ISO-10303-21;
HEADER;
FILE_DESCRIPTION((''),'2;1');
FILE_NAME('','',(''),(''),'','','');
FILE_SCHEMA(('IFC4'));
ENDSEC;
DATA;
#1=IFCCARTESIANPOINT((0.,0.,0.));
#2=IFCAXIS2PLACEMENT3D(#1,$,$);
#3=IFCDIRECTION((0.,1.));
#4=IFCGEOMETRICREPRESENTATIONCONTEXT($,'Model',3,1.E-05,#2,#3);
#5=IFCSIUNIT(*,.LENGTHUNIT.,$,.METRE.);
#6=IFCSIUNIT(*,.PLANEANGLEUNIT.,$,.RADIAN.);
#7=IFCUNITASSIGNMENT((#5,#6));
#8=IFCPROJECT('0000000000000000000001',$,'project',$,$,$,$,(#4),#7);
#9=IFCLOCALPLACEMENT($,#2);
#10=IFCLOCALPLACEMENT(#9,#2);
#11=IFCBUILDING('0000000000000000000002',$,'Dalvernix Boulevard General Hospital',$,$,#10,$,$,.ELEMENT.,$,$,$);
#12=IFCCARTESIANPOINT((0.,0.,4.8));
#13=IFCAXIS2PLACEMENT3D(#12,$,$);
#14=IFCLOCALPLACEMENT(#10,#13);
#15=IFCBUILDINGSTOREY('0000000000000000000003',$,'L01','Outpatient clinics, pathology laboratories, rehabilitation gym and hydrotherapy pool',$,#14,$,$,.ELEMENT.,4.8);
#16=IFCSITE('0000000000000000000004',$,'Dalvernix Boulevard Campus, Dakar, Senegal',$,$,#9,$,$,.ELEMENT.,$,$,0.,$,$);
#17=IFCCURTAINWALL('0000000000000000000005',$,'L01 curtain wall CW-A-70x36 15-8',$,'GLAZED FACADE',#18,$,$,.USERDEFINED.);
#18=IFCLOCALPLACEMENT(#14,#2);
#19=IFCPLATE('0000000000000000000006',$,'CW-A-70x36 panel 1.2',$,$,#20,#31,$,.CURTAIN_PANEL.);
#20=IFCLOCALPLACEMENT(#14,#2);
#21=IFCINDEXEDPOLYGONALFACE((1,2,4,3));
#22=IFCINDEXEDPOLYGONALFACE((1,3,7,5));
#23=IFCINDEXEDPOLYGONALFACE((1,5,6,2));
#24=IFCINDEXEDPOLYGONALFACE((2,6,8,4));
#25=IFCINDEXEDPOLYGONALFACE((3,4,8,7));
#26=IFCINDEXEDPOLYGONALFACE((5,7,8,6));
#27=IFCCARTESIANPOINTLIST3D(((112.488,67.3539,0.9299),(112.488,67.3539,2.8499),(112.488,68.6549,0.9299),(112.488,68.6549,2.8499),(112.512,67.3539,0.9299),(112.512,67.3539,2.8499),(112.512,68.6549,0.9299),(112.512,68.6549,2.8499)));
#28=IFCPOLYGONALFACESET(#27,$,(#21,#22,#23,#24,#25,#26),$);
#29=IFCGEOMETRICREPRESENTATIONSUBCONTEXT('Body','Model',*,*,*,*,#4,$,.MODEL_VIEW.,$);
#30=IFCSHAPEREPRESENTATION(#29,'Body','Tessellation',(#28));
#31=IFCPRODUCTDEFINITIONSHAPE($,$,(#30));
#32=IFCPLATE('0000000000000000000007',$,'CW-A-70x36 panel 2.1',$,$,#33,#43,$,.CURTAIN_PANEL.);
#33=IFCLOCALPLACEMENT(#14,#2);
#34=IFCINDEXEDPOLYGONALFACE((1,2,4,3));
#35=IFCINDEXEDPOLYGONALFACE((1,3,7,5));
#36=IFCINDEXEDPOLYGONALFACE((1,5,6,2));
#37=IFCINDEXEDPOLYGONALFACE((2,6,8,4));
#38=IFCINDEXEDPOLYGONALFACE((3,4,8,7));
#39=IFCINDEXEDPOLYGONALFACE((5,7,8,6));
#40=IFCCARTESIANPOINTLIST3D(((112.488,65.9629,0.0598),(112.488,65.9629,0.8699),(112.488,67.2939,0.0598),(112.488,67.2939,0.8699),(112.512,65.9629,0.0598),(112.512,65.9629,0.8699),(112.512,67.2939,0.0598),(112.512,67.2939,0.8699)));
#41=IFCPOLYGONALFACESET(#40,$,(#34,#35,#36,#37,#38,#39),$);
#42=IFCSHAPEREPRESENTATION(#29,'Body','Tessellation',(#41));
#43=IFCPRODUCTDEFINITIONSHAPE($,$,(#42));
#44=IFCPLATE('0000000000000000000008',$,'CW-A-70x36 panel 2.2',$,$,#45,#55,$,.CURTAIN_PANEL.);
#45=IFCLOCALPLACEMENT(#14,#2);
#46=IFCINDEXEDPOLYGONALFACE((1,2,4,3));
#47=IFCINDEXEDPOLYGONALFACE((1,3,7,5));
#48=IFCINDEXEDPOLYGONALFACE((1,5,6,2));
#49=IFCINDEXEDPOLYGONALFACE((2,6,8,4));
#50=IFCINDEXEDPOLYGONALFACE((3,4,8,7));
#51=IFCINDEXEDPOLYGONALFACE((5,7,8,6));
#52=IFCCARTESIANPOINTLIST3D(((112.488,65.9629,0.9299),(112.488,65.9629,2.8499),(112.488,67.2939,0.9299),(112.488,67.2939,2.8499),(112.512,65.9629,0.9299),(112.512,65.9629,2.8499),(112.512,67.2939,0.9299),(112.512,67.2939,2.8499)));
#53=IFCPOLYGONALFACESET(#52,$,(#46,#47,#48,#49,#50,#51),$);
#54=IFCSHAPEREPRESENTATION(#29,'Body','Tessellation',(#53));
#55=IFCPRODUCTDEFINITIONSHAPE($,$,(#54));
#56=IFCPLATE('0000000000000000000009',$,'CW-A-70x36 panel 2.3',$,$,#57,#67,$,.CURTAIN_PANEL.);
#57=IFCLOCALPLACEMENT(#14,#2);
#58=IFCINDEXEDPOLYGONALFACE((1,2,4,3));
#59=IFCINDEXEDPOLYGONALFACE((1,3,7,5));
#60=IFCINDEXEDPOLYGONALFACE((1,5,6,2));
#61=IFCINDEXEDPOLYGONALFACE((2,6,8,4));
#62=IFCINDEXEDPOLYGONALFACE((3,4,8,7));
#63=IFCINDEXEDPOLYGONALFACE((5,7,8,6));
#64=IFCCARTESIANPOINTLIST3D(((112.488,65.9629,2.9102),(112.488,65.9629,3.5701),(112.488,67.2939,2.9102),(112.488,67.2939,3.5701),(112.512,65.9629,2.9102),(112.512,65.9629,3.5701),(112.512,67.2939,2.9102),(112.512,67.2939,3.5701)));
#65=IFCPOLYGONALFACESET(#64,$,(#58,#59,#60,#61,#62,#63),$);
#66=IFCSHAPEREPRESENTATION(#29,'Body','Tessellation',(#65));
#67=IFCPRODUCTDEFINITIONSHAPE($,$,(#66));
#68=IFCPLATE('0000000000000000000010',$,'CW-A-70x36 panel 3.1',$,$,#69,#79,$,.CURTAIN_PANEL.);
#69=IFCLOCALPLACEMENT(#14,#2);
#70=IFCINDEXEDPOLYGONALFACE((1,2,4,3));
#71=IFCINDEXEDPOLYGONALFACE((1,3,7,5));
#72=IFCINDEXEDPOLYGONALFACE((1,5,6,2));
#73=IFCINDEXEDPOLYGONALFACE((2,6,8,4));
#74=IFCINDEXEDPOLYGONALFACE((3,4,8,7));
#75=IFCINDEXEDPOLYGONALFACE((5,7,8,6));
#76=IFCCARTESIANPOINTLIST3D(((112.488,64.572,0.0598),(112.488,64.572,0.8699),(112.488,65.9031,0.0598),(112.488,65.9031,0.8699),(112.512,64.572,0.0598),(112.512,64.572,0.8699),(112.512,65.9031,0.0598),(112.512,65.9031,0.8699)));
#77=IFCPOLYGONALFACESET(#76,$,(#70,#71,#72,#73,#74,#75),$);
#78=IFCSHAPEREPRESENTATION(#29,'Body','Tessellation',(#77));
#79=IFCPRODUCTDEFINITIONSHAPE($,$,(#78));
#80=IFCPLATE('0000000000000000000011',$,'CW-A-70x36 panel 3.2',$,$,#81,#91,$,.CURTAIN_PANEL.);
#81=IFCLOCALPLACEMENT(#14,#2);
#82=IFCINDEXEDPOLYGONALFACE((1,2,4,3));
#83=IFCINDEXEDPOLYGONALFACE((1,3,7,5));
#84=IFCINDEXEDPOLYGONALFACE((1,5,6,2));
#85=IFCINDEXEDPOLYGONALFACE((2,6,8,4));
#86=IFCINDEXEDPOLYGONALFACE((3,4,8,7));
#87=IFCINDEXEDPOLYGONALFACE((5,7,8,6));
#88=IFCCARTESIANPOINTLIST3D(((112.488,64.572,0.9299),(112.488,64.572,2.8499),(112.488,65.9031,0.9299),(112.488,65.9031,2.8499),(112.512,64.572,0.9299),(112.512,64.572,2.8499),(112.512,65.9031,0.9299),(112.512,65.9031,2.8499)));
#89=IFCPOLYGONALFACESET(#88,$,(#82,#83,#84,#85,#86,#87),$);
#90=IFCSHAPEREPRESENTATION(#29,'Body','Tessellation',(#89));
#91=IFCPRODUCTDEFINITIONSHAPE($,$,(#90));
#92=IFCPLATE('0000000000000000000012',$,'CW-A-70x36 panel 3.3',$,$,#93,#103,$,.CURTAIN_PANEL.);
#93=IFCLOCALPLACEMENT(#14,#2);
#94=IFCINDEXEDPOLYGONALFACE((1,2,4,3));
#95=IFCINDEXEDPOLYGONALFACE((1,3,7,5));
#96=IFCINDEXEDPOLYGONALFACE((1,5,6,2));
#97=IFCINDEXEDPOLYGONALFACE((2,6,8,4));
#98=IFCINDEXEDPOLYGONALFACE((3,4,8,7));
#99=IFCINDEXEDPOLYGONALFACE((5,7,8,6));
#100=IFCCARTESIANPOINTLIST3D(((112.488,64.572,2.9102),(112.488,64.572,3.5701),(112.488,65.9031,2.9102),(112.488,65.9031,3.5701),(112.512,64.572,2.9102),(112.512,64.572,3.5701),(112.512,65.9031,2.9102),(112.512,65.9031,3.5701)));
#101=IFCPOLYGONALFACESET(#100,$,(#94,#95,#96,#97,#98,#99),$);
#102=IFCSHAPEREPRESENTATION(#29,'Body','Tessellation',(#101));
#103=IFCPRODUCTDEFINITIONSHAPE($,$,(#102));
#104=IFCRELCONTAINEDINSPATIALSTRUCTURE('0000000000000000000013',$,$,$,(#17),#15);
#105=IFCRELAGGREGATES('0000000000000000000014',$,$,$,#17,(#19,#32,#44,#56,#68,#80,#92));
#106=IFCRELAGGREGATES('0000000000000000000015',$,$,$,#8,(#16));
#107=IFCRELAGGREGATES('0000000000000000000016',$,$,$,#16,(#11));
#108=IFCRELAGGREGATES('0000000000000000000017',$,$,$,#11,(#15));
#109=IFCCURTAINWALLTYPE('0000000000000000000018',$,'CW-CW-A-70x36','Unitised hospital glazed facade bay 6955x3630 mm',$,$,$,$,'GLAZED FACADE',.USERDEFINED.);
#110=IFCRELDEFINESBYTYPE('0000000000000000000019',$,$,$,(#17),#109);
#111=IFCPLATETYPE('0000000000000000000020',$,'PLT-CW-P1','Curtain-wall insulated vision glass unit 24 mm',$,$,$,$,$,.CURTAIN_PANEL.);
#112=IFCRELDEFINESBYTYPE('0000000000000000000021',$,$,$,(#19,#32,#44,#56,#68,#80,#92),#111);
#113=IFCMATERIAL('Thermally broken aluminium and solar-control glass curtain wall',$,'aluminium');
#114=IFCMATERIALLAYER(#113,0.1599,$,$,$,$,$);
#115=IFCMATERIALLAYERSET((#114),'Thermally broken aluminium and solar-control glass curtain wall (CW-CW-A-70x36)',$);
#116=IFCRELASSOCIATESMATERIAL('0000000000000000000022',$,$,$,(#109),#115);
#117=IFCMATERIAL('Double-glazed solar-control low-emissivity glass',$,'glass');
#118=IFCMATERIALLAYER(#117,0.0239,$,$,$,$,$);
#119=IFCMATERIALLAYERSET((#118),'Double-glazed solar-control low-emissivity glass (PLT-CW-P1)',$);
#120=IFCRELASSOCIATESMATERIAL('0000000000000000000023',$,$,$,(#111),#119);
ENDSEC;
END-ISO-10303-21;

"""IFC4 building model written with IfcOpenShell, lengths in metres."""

from ifc_helpers import new_model, si_unit, direction, frame, origin, origin_2d, place, context, subcontext, project, spatial, rectangle, extrude, material, layer, layer_set, type_object, element, aggregate, save


model = new_model("IFC4")

# Units and contexts
model_context = context("Model", 3, precision=1e-05, world=origin(), true_north=direction((0.0, 1.0)))
body_context = subcontext(model_context, "Body", "Model", "MODEL_VIEW")
ifc_project = project(units=[si_unit("LENGTHUNIT", "METRE"), si_unit("PLANEANGLEUNIT", "RADIAN")], contexts=[model_context])

# Site, building, storey
site_placement = place(None, origin())
site = spatial("IfcSite", under=ifc_project, at=site_placement, Name="Dalvernix Boulevard Campus, Dakar, Senegal", CompositionType="ELEMENT", RefElevation=0.0)
building_placement = place(site_placement, origin())
building = spatial("IfcBuilding", under=site, at=building_placement, Name="Dalvernix Boulevard General Hospital", CompositionType="ELEMENT")
storey_placement = place(building_placement, frame((0.0, 0.0, 4.8)))
storey = spatial("IfcBuildingStorey", under=building, at=storey_placement, Name="L01", Description="Outpatient clinics, pathology laboratories, rehabilitation gym and hydrotherapy pool", CompositionType="ELEMENT", Elevation=4.8)

# Curtain wall, plates
ifc_material_1 = material(Name="Thermally broken aluminium and solar-control glass curtain wall", Category="aluminium")
ifc_layer_1 = layer(ifc_material_1, 0.1599)
ifc_layer_set_1 = layer_set([ifc_layer_1], Name="Thermally broken aluminium and solar-control glass curtain wall (CW-CW-A-70x36)")
curtain_wall_type = type_object("IfcCurtainWallType", Name="CW-CW-A-70x36", Description="Unitised hospital glazed facade bay 6955x3630 mm", ElementType="GLAZED FACADE", PredefinedType="USERDEFINED", material=ifc_layer_set_1)
curtain_wall_placement = place(storey_placement, origin())
curtain_wall = element("IfcCurtainWall", 1, at=curtain_wall_placement, inside=storey, type_object=curtain_wall_type, Name="L01 curtain wall CW-A-70x36 15-8", ObjectType="GLAZED FACADE", PredefinedType="USERDEFINED")
ifc_material_2 = material(Name="Double-glazed solar-control low-emissivity glass", Category="glass")
ifc_layer_2 = layer(ifc_material_2, 0.0239)
ifc_layer_set_2 = layer_set([ifc_layer_2], Name="Double-glazed solar-control low-emissivity glass (PLT-CW-P1)")
plate_type = type_object("IfcPlateType", Name="PLT-CW-P1", Description="Curtain-wall insulated vision glass unit 24 mm", PredefinedType="CURTAIN_PANEL", material=ifc_layer_set_2)
plate_1_placement = place(storey_placement, frame((112.5, 68.0044, 0.9299), z_axis=(0.0, 0.0, 1.0), x_axis=(0.0, -1.0, 0.0)))
plate_1 = element("IfcPlate", 2, at=plate_1_placement, type_object=plate_type, Name="CW-A-70x36 panel 1.2", PredefinedType="CURTAIN_PANEL", context=body_context, shape_type="SweptSolid", body=[
    extrude(rectangle(XDim=1.301, YDim=0.0239, at=origin_2d()), origin(), (0.0, 0.0, 1.0), 1.9199),
])
plate_2_placement = place(storey_placement, frame((112.5, 66.6284, 0.0598), z_axis=(0.0, 0.0, 1.0), x_axis=(0.0, -1.0, 0.0)))
plate_2 = element("IfcPlate", 3, at=plate_2_placement, type_object=plate_type, Name="CW-A-70x36 panel 2.1", PredefinedType="CURTAIN_PANEL", context=body_context, shape_type="SweptSolid", body=[
    extrude(rectangle(XDim=1.3311, YDim=0.0239, at=origin_2d()), origin(), (0.0, 0.0, 1.0), 0.8101),
])
plate_3_placement = place(storey_placement, frame((112.5, 66.6284, 0.9299), z_axis=(0.0, 0.0, 1.0), x_axis=(0.0, -1.0, 0.0)))
plate_3 = element("IfcPlate", 4, at=plate_3_placement, type_object=plate_type, Name="CW-A-70x36 panel 2.2", PredefinedType="CURTAIN_PANEL", context=body_context, shape_type="SweptSolid", body=[
    extrude(rectangle(XDim=1.3311, YDim=0.0239, at=origin_2d()), origin(), (0.0, 0.0, 1.0), 1.9199),
])
plate_4_placement = place(storey_placement, frame((112.5, 66.6284, 2.9102), z_axis=(0.0, 0.0, 1.0), x_axis=(0.0, -1.0, 0.0)))
plate_4 = element("IfcPlate", 5, at=plate_4_placement, type_object=plate_type, Name="CW-A-70x36 panel 2.3", PredefinedType="CURTAIN_PANEL", context=body_context, shape_type="SweptSolid", body=[
    extrude(rectangle(XDim=1.3311, YDim=0.0239, at=origin_2d()), origin(), (0.0, 0.0, 1.0), 0.6599),
])
plate_5_placement = place(storey_placement, frame((112.5, 65.2375, 0.0598), z_axis=(0.0, 0.0, 1.0), x_axis=(0.0, -1.0, 0.0)))
plate_5 = element("IfcPlate", 6, at=plate_5_placement, type_object=plate_type, Name="CW-A-70x36 panel 3.1", PredefinedType="CURTAIN_PANEL", context=body_context, shape_type="SweptSolid", body=[
    extrude(rectangle(XDim=1.3311, YDim=0.0239, at=origin_2d()), origin(), (0.0, 0.0, 1.0), 0.8101),
])
plate_6_placement = place(storey_placement, frame((112.5, 65.2375, 0.9299), z_axis=(0.0, 0.0, 1.0), x_axis=(0.0, -1.0, 0.0)))
plate_6 = element("IfcPlate", 7, at=plate_6_placement, type_object=plate_type, Name="CW-A-70x36 panel 3.2", PredefinedType="CURTAIN_PANEL", context=body_context, shape_type="SweptSolid", body=[
    extrude(rectangle(XDim=1.3311, YDim=0.0239, at=origin_2d()), origin(), (0.0, 0.0, 1.0), 1.9199),
])
plate_7_placement = place(storey_placement, frame((112.5, 65.2375, 2.9102), z_axis=(0.0, 0.0, 1.0), x_axis=(0.0, -1.0, 0.0)))
plate_7 = element("IfcPlate", 8, at=plate_7_placement, type_object=plate_type, Name="CW-A-70x36 panel 3.3", PredefinedType="CURTAIN_PANEL", context=body_context, shape_type="SweptSolid", body=[
    extrude(rectangle(XDim=1.3311, YDim=0.0239, at=origin_2d()), origin(), (0.0, 0.0, 1.0), 0.6599),
])
aggregate(curtain_wall, [plate_1, plate_2, plate_3, plate_4, plate_5, plate_6, plate_7])

save(model, "model.ifc")
